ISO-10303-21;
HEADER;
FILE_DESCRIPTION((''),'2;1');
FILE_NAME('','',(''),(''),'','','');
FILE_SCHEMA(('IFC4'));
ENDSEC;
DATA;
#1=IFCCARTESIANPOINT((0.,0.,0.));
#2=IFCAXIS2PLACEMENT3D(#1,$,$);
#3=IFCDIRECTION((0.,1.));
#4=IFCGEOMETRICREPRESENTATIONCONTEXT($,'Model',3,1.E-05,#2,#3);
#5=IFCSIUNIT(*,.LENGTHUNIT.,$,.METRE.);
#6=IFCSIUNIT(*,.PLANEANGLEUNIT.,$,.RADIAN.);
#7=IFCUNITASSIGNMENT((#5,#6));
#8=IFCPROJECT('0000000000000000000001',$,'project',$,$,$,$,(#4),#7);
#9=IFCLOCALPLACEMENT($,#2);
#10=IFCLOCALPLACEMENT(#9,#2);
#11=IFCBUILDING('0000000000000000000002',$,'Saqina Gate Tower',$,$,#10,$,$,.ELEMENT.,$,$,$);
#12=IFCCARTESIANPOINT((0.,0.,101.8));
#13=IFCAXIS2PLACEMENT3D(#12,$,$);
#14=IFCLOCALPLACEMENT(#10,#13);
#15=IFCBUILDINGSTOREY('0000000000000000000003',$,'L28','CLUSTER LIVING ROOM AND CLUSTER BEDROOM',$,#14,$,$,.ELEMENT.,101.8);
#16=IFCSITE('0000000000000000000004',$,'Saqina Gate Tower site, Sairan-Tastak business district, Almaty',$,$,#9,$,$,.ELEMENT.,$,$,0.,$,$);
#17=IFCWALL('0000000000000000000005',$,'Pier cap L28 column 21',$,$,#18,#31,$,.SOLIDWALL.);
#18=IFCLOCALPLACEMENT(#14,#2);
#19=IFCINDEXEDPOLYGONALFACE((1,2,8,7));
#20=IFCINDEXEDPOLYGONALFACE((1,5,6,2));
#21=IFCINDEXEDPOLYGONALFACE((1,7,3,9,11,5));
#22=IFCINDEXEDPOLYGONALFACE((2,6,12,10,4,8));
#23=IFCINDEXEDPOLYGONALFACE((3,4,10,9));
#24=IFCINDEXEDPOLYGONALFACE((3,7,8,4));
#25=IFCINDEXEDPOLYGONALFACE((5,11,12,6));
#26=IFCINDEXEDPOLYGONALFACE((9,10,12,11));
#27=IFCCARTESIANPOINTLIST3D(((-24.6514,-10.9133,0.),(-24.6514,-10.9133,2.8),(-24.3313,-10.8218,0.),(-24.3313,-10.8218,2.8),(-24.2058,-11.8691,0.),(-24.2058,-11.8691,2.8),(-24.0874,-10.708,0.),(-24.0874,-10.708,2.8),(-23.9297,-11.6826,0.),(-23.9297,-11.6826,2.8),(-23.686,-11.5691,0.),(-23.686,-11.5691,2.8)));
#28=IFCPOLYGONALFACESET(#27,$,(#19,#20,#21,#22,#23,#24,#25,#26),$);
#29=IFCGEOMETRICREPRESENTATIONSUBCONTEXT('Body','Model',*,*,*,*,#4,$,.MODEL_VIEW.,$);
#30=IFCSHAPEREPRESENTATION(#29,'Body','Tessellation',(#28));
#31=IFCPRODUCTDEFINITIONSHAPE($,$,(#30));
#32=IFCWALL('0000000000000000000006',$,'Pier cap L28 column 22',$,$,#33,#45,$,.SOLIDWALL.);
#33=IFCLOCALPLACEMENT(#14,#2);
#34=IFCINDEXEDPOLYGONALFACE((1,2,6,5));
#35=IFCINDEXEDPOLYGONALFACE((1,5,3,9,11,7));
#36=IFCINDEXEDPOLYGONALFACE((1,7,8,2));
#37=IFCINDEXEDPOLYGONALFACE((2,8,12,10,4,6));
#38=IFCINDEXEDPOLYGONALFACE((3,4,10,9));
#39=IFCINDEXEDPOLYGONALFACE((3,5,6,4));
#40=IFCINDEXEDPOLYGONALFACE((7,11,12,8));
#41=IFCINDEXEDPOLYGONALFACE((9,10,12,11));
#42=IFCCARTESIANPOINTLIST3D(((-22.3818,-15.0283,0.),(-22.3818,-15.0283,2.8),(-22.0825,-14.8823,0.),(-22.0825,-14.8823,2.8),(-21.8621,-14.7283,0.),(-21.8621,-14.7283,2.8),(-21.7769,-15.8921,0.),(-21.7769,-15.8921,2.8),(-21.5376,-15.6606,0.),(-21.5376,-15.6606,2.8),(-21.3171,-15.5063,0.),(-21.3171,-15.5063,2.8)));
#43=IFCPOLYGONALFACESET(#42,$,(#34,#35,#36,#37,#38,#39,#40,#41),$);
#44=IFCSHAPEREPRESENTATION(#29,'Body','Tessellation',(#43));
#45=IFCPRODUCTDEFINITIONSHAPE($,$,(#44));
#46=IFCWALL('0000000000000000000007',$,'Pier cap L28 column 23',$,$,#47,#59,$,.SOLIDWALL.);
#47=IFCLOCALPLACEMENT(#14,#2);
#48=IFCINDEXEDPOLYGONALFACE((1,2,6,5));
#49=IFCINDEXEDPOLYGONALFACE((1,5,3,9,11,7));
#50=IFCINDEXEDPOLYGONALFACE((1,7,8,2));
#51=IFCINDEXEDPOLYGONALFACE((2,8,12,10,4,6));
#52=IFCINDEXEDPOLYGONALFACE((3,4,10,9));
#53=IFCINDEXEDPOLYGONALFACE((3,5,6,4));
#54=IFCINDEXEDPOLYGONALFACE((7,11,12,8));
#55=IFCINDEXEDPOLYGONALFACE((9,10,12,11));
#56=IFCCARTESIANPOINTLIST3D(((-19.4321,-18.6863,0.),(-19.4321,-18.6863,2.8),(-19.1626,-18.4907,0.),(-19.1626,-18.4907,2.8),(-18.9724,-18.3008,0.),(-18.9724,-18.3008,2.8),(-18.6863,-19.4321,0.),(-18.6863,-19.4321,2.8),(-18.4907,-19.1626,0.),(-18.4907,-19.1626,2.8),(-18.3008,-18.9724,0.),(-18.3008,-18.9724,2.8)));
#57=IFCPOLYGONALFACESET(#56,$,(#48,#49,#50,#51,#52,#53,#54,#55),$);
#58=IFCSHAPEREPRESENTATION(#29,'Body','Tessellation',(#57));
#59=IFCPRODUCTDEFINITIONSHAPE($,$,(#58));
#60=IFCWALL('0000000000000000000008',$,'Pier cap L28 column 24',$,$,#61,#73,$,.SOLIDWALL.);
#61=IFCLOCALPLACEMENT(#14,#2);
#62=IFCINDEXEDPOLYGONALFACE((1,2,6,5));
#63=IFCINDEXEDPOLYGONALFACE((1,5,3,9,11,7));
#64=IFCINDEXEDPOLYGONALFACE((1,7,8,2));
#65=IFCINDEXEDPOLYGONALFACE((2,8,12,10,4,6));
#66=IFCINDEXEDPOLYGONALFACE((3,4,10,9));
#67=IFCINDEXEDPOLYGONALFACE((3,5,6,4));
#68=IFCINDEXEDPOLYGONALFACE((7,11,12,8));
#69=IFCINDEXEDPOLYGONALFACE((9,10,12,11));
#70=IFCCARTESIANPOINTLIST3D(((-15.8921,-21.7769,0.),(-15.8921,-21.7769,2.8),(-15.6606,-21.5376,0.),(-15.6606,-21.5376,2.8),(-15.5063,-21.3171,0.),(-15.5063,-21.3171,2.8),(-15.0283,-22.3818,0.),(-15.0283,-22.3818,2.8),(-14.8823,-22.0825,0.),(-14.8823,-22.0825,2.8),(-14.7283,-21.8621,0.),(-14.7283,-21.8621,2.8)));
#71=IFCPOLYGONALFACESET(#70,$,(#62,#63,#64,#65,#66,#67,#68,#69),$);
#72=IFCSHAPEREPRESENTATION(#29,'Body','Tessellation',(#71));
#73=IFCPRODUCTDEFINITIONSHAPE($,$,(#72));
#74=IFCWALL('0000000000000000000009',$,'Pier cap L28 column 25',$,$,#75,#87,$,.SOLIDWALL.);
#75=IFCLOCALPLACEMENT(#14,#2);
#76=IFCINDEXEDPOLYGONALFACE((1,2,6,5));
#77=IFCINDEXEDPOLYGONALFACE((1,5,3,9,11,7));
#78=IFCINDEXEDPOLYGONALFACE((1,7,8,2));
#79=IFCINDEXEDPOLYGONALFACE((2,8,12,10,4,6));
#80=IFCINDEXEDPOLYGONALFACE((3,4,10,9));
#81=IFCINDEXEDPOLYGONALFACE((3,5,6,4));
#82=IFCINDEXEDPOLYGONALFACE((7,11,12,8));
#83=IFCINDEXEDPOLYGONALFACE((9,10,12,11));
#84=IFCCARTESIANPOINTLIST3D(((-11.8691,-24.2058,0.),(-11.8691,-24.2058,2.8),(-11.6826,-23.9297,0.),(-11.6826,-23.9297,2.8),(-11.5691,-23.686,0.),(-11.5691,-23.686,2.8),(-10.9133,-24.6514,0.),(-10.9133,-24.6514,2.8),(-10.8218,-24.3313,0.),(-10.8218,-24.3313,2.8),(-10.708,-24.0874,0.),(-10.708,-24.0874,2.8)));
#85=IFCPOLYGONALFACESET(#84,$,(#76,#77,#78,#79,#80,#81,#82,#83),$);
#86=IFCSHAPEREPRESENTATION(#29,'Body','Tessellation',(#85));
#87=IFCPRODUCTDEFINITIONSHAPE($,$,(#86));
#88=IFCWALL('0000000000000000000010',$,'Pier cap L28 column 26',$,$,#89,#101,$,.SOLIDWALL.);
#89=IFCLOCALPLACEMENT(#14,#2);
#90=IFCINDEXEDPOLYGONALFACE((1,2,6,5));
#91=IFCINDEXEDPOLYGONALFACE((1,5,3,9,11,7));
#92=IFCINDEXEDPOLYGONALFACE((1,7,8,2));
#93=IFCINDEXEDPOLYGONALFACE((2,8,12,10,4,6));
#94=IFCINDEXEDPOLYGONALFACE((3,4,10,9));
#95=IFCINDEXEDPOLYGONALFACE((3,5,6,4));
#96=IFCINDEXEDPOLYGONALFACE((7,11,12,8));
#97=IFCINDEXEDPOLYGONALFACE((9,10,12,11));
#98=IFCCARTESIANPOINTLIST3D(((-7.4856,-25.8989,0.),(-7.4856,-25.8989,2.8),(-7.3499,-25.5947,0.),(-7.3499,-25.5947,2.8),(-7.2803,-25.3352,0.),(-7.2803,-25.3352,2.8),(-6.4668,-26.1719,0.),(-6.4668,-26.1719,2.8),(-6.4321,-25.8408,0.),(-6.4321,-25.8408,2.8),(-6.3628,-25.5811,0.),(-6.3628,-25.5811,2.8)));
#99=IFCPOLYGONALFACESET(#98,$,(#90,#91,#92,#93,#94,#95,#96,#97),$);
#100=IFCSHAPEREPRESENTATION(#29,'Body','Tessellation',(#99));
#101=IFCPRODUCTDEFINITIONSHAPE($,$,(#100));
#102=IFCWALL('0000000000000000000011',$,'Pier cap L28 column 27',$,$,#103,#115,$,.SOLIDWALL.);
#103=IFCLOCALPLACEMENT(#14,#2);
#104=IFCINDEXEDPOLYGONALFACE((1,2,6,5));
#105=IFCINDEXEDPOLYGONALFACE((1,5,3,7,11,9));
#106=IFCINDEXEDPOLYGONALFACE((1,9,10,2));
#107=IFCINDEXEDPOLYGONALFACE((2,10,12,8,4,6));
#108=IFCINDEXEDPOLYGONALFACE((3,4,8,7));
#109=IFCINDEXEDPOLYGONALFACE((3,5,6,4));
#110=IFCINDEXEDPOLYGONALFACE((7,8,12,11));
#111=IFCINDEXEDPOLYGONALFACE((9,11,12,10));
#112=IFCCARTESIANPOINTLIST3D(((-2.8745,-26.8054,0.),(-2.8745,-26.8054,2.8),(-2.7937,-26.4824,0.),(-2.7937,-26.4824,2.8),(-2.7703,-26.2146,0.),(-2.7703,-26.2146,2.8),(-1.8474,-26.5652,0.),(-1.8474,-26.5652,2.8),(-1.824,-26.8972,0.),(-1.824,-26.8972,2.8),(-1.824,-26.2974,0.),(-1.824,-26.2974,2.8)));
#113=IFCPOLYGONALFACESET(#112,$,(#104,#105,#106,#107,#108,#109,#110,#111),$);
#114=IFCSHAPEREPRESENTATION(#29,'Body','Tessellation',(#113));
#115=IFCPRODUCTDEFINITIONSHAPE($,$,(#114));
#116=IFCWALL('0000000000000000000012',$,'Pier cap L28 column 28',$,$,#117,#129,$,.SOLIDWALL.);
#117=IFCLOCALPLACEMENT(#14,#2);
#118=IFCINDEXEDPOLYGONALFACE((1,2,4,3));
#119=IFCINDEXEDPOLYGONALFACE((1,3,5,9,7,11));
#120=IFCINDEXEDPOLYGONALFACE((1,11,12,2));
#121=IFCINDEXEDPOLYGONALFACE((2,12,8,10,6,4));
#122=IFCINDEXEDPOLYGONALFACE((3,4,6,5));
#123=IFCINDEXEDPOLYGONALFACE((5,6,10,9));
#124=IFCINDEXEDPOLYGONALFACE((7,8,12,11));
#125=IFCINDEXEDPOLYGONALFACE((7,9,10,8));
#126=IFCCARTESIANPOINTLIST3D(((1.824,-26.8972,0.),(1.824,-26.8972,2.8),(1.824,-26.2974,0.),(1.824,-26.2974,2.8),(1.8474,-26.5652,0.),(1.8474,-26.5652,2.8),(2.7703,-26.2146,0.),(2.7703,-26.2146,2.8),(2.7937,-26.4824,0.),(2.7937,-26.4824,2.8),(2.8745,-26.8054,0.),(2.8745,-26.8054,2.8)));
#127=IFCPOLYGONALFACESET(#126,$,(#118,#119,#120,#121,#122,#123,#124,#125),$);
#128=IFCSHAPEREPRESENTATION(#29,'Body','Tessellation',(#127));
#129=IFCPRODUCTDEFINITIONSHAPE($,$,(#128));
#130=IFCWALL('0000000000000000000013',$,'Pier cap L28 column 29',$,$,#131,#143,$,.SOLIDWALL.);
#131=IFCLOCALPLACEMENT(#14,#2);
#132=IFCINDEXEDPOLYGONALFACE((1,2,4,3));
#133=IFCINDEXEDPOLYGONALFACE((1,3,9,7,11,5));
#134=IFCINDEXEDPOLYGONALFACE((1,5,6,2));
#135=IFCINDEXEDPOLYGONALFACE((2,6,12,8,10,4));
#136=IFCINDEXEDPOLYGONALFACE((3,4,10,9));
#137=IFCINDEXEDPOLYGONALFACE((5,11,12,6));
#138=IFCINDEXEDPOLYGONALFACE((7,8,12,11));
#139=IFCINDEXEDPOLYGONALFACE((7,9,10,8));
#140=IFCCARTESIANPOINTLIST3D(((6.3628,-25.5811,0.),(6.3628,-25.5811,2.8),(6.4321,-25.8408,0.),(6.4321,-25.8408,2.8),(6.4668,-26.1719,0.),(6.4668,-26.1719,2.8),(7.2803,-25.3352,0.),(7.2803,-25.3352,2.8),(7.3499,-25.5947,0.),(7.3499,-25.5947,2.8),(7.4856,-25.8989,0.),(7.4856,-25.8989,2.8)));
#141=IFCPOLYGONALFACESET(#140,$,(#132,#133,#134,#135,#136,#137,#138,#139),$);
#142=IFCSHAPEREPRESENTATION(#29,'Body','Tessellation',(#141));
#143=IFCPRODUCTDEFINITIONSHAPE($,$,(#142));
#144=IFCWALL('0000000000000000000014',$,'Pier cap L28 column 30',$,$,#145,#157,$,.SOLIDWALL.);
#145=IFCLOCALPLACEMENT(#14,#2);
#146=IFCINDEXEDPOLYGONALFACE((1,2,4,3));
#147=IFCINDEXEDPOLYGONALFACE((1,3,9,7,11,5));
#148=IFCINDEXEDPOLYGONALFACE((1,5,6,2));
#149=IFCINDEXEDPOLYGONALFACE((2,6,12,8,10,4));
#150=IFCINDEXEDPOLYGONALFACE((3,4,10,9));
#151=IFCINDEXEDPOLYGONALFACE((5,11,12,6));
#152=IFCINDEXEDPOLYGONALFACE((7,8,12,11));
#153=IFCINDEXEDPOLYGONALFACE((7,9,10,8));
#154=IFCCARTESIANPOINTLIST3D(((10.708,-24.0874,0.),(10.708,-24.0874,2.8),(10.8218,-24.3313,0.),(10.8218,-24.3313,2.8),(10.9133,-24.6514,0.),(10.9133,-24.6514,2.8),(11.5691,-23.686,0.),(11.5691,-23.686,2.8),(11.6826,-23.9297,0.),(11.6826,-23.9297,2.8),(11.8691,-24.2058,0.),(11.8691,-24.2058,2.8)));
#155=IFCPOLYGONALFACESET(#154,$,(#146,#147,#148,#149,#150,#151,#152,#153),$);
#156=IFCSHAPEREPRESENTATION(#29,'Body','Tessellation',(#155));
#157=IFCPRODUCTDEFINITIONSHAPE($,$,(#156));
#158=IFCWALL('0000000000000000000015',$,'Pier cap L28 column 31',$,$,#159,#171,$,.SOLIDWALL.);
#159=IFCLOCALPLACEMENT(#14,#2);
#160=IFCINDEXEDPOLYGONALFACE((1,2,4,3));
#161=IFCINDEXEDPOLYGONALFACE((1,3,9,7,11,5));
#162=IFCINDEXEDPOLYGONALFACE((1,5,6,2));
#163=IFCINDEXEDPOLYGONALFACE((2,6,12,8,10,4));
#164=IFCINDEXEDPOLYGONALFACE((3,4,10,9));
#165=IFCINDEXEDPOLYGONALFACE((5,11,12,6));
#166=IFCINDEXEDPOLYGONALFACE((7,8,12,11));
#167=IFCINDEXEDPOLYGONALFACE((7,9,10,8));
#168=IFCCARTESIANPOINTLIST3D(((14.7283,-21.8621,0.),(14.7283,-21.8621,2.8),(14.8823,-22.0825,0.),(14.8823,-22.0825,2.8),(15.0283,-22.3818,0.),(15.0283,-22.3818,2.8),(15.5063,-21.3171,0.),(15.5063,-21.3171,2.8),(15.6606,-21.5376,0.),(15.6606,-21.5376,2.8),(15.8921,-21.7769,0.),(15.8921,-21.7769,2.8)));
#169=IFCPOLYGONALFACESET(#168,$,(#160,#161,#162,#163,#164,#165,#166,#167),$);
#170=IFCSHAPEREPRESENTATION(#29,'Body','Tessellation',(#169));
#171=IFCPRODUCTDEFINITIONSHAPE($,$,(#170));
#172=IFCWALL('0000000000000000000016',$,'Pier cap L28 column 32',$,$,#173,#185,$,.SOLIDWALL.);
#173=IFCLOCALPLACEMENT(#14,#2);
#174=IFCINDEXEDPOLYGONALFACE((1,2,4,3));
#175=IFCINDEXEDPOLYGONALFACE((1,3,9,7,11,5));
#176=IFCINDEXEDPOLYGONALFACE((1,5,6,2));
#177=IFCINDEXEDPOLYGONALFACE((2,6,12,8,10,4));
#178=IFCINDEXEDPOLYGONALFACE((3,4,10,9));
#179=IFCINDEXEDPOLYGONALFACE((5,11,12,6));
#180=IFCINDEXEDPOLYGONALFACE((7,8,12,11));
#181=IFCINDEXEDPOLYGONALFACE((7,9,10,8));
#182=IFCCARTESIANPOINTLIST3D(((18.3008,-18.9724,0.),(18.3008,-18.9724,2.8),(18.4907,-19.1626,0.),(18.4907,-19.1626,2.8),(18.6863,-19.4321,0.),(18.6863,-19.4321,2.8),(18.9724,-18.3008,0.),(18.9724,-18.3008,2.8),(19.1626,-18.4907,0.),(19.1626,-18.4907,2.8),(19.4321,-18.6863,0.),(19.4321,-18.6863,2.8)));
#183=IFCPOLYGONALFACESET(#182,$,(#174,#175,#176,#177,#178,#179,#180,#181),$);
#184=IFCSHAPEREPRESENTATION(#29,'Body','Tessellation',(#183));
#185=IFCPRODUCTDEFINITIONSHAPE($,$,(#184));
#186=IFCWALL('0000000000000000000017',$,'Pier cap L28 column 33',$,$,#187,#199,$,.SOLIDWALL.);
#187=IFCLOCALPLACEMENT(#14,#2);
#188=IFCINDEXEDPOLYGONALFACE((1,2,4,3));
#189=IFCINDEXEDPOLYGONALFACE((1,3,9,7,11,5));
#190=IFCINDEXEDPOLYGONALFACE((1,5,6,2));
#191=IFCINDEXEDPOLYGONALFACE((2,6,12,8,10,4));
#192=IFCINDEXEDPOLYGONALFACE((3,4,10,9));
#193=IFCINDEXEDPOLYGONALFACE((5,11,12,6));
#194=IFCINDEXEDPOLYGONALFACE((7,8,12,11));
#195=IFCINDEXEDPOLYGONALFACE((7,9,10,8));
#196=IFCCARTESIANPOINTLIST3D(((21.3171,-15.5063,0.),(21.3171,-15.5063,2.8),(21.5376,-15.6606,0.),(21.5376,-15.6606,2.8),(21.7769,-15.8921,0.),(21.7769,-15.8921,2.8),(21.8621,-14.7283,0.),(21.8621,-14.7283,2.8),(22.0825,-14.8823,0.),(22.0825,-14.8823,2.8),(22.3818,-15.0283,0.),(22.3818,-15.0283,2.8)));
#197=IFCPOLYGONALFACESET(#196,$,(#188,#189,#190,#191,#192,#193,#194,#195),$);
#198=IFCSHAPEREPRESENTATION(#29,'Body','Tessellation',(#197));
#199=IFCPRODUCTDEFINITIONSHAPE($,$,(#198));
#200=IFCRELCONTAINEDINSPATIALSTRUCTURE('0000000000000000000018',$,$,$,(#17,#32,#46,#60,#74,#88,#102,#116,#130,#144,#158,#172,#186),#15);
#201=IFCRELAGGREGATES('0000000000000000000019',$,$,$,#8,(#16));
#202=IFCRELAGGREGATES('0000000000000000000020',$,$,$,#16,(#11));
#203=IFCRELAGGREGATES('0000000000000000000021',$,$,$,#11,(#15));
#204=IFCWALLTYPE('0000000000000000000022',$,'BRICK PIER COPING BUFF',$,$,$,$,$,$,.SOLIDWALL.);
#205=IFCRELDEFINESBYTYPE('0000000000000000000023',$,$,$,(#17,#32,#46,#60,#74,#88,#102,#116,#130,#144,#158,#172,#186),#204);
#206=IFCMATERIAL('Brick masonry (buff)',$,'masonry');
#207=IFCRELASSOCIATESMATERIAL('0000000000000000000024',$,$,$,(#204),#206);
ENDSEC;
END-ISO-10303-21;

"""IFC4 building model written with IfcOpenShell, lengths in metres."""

from ifc_helpers import new_model, si_unit, direction, frame, origin, place, context, subcontext, project, spatial, polyline, outline, extrude, material, type_object, element, save


model = new_model("IFC4")

# Units and contexts
model_context = context("Model", 3, precision=1e-05, world=origin(), true_north=direction((0.0, 1.0)))
body_context = subcontext(model_context, "Body", "Model", "MODEL_VIEW")
ifc_project = project(units=[si_unit("LENGTHUNIT", "METRE"), si_unit("PLANEANGLEUNIT", "RADIAN")], contexts=[model_context])

# Site, building, storey
site_placement = place(None, origin())
site = spatial("IfcSite", under=ifc_project, at=site_placement, Name="Saqina Gate Tower site, Sairan-Tastak business district, Almaty", CompositionType="ELEMENT", RefElevation=0.0)
building_placement = place(site_placement, origin())
building = spatial("IfcBuilding", under=site, at=building_placement, Name="Saqina Gate Tower", CompositionType="ELEMENT")
storey_placement = place(building_placement, frame((0.0, 0.0, 101.8)))
storey = spatial("IfcBuildingStorey", under=building, at=storey_placement, Name="L28", Description="CLUSTER LIVING ROOM AND CLUSTER BEDROOM", CompositionType="ELEMENT", Elevation=101.8)

# Walls
ifc_material_1 = material(Name="Brick masonry (buff)", Category="masonry")
wall_type_1 = type_object("IfcWallType", Name="BRICK PIER COPING BUFF", PredefinedType="SOLIDWALL", material=ifc_material_1)
wall_1_placement = place(storey_placement, origin())
element("IfcWall", 1, at=wall_1_placement, inside=storey, type_object=wall_type_1, Name="Pier cap L28 column 21", PredefinedType="SOLIDWALL", context=body_context, shape_type="SweptSolid", body=[
    extrude(outline(polyline([(-24.6514, -10.9133), (-24.2058, -11.8691), (-23.686, -11.5691), (-23.9297, -11.6826), (-24.3313, -10.8218), (-24.0874, -10.708), (-24.6514, -10.9133)])), origin(), (0.0, 0.0, 1.0), 2.8),
])
wall_2_placement = place(storey_placement, origin())
element("IfcWall", 2, at=wall_2_placement, inside=storey, type_object=wall_type_1, Name="Pier cap L28 column 22", PredefinedType="SOLIDWALL", context=body_context, shape_type="SweptSolid", body=[
    extrude(outline(polyline([(-21.7769, -15.8921), (-21.3171, -15.5063), (-21.5376, -15.6606), (-22.0825, -14.8823), (-21.8621, -14.7283), (-22.3818, -15.0283), (-21.7769, -15.8921)])), origin(), (0.0, 0.0, 1.0), 2.8),
])
wall_3_placement = place(storey_placement, origin())
element("IfcWall", 3, at=wall_3_placement, inside=storey, type_object=wall_type_1, Name="Pier cap L28 column 23", PredefinedType="SOLIDWALL", context=body_context, shape_type="SweptSolid", body=[
    extrude(outline(polyline([(-19.4321, -18.6863), (-18.6863, -19.4321), (-18.3008, -18.9724), (-18.4907, -19.1626), (-19.1626, -18.4907), (-18.9724, -18.3008), (-19.4321, -18.6863)])), origin(), (0.0, 0.0, 1.0), 2.8),
])
wall_4_placement = place(storey_placement, origin())
element("IfcWall", 4, at=wall_4_placement, inside=storey, type_object=wall_type_1, Name="Pier cap L28 column 24", PredefinedType="SOLIDWALL", context=body_context, shape_type="SweptSolid", body=[
    extrude(outline(polyline([(-15.0283, -22.3818), (-14.7283, -21.8621), (-14.8823, -22.0825), (-15.6606, -21.5376), (-15.5063, -21.3171), (-15.8921, -21.7769), (-15.0283, -22.3818)])), origin(), (0.0, 0.0, 1.0), 2.8),
])
wall_5_placement = place(storey_placement, origin())
element("IfcWall", 5, at=wall_5_placement, inside=storey, type_object=wall_type_1, Name="Pier cap L28 column 25", PredefinedType="SOLIDWALL", context=body_context, shape_type="SweptSolid", body=[
    extrude(outline(polyline([(-10.9133, -24.6514), (-10.708, -24.0874), (-10.8218, -24.3313), (-11.6826, -23.9297), (-11.5691, -23.686), (-11.8691, -24.2058), (-10.9133, -24.6514)])), origin(), (0.0, 0.0, 1.0), 2.8),
])
wall_6_placement = place(storey_placement, origin())
element("IfcWall", 6, at=wall_6_placement, inside=storey, type_object=wall_type_1, Name="Pier cap L28 column 26", PredefinedType="SOLIDWALL", context=body_context, shape_type="SweptSolid", body=[
    extrude(outline(polyline([(-7.4856, -25.8989), (-6.4668, -26.1719), (-6.3628, -25.5811), (-6.4321, -25.8408), (-7.3499, -25.5947), (-7.2803, -25.3352), (-7.4856, -25.8989)])), origin(), (0.0, 0.0, 1.0), 2.8),
])
wall_7_placement = place(storey_placement, origin())
element("IfcWall", 7, at=wall_7_placement, inside=storey, type_object=wall_type_1, Name="Pier cap L28 column 27", PredefinedType="SOLIDWALL", context=body_context, shape_type="SweptSolid", body=[
    extrude(outline(polyline([(-2.8745, -26.8054), (-1.824, -26.8972), (-1.824, -26.2974), (-1.8474, -26.5652), (-2.7937, -26.4824), (-2.7703, -26.2146), (-2.8745, -26.8054)])), origin(), (0.0, 0.0, 1.0), 2.8),
])
wall_8_placement = place(storey_placement, origin())
element("IfcWall", 8, at=wall_8_placement, inside=storey, type_object=wall_type_1, Name="Pier cap L28 column 28", PredefinedType="SOLIDWALL", context=body_context, shape_type="SweptSolid", body=[
    extrude(outline(polyline([(2.8745, -26.8054), (2.7703, -26.2146), (2.7937, -26.4824), (1.8474, -26.5652), (1.824, -26.2974), (1.824, -26.8972), (2.8745, -26.8054)])), origin(), (0.0, 0.0, 1.0), 2.8),
])
wall_9_placement = place(storey_placement, origin())
element("IfcWall", 9, at=wall_9_placement, inside=storey, type_object=wall_type_1, Name="Pier cap L28 column 29", PredefinedType="SOLIDWALL", context=body_context, shape_type="SweptSolid", body=[
    extrude(outline(polyline([(6.4668, -26.1719), (7.4856, -25.8989), (7.2803, -25.3352), (7.3499, -25.5947), (6.4321, -25.8408), (6.3628, -25.5811), (6.4668, -26.1719)])), origin(), (0.0, 0.0, 1.0), 2.8),
])
wall_10_placement = place(storey_placement, origin())
element("IfcWall", 10, at=wall_10_placement, inside=storey, type_object=wall_type_1, Name="Pier cap L28 column 30", PredefinedType="SOLIDWALL", context=body_context, shape_type="SweptSolid", body=[
    extrude(outline(polyline([(10.9133, -24.6514), (11.8691, -24.2058), (11.5691, -23.686), (11.6826, -23.9297), (10.8218, -24.3313), (10.708, -24.0874), (10.9133, -24.6514)])), origin(), (0.0, 0.0, 1.0), 2.8),
])
wall_11_placement = place(storey_placement, origin())
element("IfcWall", 11, at=wall_11_placement, inside=storey, type_object=wall_type_1, Name="Pier cap L28 column 31", PredefinedType="SOLIDWALL", context=body_context, shape_type="SweptSolid", body=[
    extrude(outline(polyline([(15.8921, -21.7769), (15.5063, -21.3171), (15.6606, -21.5376), (14.8823, -22.0825), (14.7283, -21.8621), (15.0283, -22.3818), (15.8921, -21.7769)])), origin(), (0.0, 0.0, 1.0), 2.8),
])
wall_12_placement = place(storey_placement, origin())
element("IfcWall", 12, at=wall_12_placement, inside=storey, type_object=wall_type_1, Name="Pier cap L28 column 32", PredefinedType="SOLIDWALL", context=body_context, shape_type="SweptSolid", body=[
    extrude(outline(polyline([(18.6863, -19.4321), (19.4321, -18.6863), (18.9724, -18.3008), (19.1626, -18.4907), (18.4907, -19.1626), (18.3008, -18.9724), (18.6863, -19.4321)])), origin(), (0.0, 0.0, 1.0), 2.8),
])
wall_13_placement = place(storey_placement, origin())
element("IfcWall", 13, at=wall_13_placement, inside=storey, type_object=wall_type_1, Name="Pier cap L28 column 33", PredefinedType="SOLIDWALL", context=body_context, shape_type="SweptSolid", body=[
    extrude(outline(polyline([(22.3818, -15.0283), (21.8621, -14.7283), (22.0825, -14.8823), (21.5376, -15.6606), (21.3171, -15.5063), (21.7769, -15.8921), (22.3818, -15.0283)])), origin(), (0.0, 0.0, 1.0), 2.8),
])

save(model, "model.ifc")
